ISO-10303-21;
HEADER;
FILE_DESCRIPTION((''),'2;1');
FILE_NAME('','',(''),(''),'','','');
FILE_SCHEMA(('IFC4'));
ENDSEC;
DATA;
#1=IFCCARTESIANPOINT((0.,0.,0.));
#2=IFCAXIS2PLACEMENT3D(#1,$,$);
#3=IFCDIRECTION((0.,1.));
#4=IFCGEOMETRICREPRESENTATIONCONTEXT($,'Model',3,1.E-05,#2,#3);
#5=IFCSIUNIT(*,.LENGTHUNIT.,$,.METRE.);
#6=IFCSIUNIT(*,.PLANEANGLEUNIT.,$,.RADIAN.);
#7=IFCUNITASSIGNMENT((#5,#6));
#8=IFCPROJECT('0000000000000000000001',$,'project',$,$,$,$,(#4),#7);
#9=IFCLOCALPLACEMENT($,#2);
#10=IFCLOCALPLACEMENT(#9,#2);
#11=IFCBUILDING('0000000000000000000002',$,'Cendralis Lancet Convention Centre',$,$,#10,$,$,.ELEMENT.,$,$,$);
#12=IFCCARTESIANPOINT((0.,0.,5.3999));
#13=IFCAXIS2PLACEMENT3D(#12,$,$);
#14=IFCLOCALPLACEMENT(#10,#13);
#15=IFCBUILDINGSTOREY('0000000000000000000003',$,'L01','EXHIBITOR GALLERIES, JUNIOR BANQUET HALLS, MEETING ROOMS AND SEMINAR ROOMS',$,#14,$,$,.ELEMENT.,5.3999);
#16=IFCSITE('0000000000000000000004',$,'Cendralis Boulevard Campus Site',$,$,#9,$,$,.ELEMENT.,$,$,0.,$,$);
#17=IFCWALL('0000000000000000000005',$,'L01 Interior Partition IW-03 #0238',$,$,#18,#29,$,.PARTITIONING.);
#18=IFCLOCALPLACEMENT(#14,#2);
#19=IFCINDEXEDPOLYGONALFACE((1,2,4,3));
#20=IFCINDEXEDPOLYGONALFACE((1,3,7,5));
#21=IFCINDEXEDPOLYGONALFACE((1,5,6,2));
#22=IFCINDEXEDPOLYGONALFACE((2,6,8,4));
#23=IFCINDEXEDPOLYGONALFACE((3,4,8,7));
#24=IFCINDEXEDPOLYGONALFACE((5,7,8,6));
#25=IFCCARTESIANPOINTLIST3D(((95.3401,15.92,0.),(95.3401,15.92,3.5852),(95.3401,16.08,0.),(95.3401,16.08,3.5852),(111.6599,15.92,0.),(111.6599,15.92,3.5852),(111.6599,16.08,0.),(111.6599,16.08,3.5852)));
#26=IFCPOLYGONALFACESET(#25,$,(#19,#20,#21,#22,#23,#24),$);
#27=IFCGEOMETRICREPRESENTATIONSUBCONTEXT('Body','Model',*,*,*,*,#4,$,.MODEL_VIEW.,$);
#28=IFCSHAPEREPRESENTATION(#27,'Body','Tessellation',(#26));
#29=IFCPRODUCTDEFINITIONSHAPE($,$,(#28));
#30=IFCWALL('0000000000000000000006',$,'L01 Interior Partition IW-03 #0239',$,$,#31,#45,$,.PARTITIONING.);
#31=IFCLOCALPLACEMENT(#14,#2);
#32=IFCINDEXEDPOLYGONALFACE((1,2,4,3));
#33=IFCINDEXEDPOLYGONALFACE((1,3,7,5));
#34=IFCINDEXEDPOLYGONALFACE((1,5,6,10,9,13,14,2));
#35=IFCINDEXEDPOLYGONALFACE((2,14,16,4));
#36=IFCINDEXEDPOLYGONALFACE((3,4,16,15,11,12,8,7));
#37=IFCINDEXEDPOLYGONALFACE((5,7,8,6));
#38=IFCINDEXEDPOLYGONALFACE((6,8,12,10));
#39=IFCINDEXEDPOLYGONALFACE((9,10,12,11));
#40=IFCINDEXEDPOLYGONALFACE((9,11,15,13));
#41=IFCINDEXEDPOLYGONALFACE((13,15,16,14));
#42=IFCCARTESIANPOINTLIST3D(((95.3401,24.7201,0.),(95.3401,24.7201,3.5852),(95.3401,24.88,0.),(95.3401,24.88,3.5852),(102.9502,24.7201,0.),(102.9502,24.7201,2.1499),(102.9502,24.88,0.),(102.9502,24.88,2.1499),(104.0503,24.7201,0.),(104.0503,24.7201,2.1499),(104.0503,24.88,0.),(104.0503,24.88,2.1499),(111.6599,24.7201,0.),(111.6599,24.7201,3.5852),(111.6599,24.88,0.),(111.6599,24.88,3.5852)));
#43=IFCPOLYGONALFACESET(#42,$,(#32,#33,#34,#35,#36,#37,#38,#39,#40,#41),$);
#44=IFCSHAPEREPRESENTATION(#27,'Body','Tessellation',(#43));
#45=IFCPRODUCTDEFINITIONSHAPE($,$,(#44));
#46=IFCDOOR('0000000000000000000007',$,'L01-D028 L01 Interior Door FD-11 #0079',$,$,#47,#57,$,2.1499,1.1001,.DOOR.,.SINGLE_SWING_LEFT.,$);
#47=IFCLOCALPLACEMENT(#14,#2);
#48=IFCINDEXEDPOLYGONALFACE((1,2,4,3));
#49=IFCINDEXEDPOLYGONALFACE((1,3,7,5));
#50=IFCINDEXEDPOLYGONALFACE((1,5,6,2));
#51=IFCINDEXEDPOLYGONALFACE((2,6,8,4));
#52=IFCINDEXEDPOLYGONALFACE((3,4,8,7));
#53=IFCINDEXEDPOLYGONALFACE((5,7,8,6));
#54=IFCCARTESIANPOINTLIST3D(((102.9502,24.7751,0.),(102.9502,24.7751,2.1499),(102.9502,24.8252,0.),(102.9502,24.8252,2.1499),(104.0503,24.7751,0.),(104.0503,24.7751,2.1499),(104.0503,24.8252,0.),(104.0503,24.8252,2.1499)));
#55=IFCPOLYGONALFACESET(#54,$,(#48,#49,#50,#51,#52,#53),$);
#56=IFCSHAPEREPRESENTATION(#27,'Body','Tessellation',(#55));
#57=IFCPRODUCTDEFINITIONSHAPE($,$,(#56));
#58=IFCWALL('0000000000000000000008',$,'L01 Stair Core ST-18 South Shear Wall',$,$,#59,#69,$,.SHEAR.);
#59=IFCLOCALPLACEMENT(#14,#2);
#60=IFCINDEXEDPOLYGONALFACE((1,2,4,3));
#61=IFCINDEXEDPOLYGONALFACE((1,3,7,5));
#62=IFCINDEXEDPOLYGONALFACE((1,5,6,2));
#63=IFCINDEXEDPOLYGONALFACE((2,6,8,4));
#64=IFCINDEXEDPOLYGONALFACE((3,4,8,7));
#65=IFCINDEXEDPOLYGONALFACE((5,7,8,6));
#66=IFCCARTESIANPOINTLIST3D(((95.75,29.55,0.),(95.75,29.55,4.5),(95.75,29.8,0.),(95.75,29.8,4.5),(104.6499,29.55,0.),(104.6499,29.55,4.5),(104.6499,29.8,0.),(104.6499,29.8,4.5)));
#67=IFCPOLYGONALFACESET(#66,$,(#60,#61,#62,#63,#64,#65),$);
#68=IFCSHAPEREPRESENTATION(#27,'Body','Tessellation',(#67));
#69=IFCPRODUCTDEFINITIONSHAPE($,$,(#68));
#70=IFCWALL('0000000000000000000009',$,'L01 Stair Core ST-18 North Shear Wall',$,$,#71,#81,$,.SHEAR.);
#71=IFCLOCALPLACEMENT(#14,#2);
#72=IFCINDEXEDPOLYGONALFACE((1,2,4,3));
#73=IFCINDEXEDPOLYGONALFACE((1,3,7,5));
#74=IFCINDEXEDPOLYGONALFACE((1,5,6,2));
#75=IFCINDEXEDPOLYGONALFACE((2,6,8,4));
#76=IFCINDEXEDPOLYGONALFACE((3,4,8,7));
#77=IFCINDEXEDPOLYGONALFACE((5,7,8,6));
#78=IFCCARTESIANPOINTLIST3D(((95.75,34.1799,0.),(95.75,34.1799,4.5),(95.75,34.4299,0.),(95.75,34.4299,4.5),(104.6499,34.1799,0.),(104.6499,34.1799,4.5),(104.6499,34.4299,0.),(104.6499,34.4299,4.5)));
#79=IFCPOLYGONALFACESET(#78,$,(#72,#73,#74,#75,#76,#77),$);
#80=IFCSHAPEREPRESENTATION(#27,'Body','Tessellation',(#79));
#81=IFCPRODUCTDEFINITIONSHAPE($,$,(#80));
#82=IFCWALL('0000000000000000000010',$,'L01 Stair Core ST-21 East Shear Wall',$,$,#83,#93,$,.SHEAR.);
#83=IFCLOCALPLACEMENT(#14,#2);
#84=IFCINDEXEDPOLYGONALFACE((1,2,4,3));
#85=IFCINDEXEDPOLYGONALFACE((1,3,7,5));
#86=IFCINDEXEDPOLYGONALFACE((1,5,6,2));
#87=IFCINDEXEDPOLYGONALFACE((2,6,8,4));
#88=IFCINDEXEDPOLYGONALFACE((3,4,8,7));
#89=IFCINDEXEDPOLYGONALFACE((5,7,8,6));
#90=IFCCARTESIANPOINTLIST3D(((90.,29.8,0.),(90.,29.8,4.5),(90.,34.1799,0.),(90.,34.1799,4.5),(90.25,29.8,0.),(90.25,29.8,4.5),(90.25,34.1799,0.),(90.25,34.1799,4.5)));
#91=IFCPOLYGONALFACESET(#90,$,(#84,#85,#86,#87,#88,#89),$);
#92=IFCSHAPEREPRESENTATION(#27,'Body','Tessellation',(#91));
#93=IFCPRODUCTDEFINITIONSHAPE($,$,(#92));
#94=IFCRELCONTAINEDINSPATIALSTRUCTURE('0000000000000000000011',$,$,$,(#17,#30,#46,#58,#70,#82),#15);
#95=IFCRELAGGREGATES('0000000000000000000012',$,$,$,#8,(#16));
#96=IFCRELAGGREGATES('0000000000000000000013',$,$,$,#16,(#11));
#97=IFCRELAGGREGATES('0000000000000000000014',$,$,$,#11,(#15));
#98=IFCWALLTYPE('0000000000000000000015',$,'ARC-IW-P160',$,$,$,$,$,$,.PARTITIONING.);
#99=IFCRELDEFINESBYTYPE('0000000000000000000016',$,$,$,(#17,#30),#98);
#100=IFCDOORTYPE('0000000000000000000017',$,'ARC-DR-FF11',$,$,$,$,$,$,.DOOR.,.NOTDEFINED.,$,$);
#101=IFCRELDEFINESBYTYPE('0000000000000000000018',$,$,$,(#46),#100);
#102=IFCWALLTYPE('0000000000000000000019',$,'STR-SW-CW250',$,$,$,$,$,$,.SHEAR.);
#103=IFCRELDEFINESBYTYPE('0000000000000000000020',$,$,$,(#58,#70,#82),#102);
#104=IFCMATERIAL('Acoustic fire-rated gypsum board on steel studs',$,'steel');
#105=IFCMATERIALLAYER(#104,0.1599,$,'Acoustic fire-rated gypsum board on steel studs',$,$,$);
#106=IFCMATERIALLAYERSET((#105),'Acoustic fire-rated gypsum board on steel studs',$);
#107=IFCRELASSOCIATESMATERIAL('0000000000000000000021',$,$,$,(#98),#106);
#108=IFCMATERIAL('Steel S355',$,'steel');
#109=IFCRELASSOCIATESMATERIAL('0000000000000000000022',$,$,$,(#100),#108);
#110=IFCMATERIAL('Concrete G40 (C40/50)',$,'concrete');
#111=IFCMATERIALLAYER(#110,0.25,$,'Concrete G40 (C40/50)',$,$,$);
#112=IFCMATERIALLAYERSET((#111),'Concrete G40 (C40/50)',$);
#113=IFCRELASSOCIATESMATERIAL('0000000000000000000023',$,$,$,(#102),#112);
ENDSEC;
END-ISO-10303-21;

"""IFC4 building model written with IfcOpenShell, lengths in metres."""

from ifc_helpers import new_model, si_unit, direction, frame, frame_2d, origin, place, context, subcontext, project, spatial, rectangle, extrude, material, layer, layer_set, type_object, element, fill, save


model = new_model("IFC4")

# Units and contexts
model_context = context("Model", 3, precision=1e-05, world=origin(), true_north=direction((0.0, 1.0)))
body_context = subcontext(model_context, "Body", "Model", "MODEL_VIEW")
ifc_project = project(units=[si_unit("LENGTHUNIT", "METRE"), si_unit("PLANEANGLEUNIT", "RADIAN")], contexts=[model_context])

# Site, building, storey
site_placement = place(None, origin())
site = spatial("IfcSite", under=ifc_project, at=site_placement, Name="Cendralis Boulevard Campus Site", CompositionType="ELEMENT", RefElevation=0.0)
building_placement = place(site_placement, origin())
building = spatial("IfcBuilding", under=site, at=building_placement, Name="Cendralis Lancet Convention Centre", CompositionType="ELEMENT")
storey_placement = place(building_placement, frame((0.0, 0.0, 5.3999)))
storey = spatial("IfcBuildingStorey", under=building, at=storey_placement, Name="L01", Description="EXHIBITOR GALLERIES, JUNIOR BANQUET HALLS, MEETING ROOMS AND SEMINAR ROOMS", CompositionType="ELEMENT", Elevation=5.3999)

# Shared definitions
ifc_material_1 = material(Name="Steel S355", Category="steel")

# Shared definitions
ifc_material_2 = material(Name="Concrete G40 (C40/50)", Category="concrete")

# Wall
ifc_material_3 = material(Name="Acoustic fire-rated gypsum board on steel studs", Category="steel")
ifc_layer_1 = layer(ifc_material_3, 0.1599, Name="Acoustic fire-rated gypsum board on steel studs")
ifc_layer_set_1 = layer_set([ifc_layer_1], Name="Acoustic fire-rated gypsum board on steel studs")
wall_type_1 = type_object("IfcWallType", Name="ARC-IW-P160", PredefinedType="PARTITIONING", material=ifc_layer_set_1)
wall_1_placement = place(storey_placement, frame((95.3401, 16.0, 0.0), z_axis=(0.0, 0.0, 1.0), x_axis=(1.0, 0.0, 0.0)))
element("IfcWall", 1, at=wall_1_placement, inside=storey, type_object=wall_type_1, Name="L01 Interior Partition IW-03 #0238", PredefinedType="PARTITIONING", context=body_context, shape_type="SweptSolid", body=[
    extrude(rectangle(XDim=16.3198, YDim=0.1599, at=frame_2d((8.1599, 0.0))), origin(), (0.0, 0.0, 1.0), 3.5852),
])

# Wall, opening, door
wall_2_placement = place(storey_placement, frame((95.3401, 24.8, 0.0), z_axis=(0.0, 0.0, 1.0), x_axis=(1.0, 0.0, 0.0)))
wall_2 = element("IfcWall", 2, at=wall_2_placement, inside=storey, type_object=wall_type_1, Name="L01 Interior Partition IW-03 #0239", PredefinedType="PARTITIONING", context=body_context, shape_type="SweptSolid", body=[
    extrude(rectangle(XDim=16.3198, YDim=0.1599, at=frame_2d((8.1599, 0.0))), origin(), (0.0, 0.0, 1.0), 3.5852),
])
opening_1_placement = place(wall_2_placement, frame((7.6101, 0.0, 0.0)))
opening_1 = element("IfcOpeningElement", 3, at=opening_1_placement, cuts=wall_2, PredefinedType="OPENING", context=body_context, shape_type="SweptSolid", body=[
    extrude(rectangle(XDim=1.1001, YDim=2.1499, at=frame_2d((0.55, 1.075))), frame((0.0, 0.0898, 0.0), z_axis=(0.0, -1.0, 0.0), x_axis=(1.0, 0.0, 0.0)), (0.0, 0.0, 1.0), 0.1799),
])
door_type_1 = type_object("IfcDoorType", Name="ARC-DR-FF11", OperationType="NOTDEFINED", PredefinedType="DOOR", material=ifc_material_1)
door_1_placement = place(opening_1_placement, frame((1.1001, 0.0, 0.0), z_axis=(0.0, 0.0, 1.0), x_axis=(-1.0, 0.0, 0.0)))
door_1 = element("IfcDoor", 4, at=door_1_placement, inside=storey, type_object=door_type_1, Name="L01-D028 L01 Interior Door FD-11 #0079", OperationType="SINGLE_SWING_LEFT", OverallHeight=2.1499, OverallWidth=1.1001, PredefinedType="DOOR", context=body_context, shape_type="SweptSolid", body=[
    extrude(rectangle(XDim=1.1001, YDim=2.1499, at=frame_2d((0.55, 1.075))), frame((0.0, 0.0249, 0.0), z_axis=(0.0, -1.0, 0.0), x_axis=(1.0, 0.0, 0.0)), (0.0, 0.0, 1.0), 0.05),
])
fill(opening_1, door_1)
ifc_layer_2 = layer(ifc_material_2, 0.25, Name="Concrete G40 (C40/50)")
ifc_layer_set_2 = layer_set([ifc_layer_2], Name="Concrete G40 (C40/50)")
wall_type_2 = type_object("IfcWallType", Name="STR-SW-CW250", PredefinedType="SHEAR", material=ifc_layer_set_2)

# Walls
for number, where, z_axis, x_axis, name in (
    (5, (95.75, 29.675, 0.0), (0.0, 0.0, 1.0), (1.0, 0.0, 0.0), "L01 Stair Core ST-18 South Shear Wall"),
    (6, (95.75, 34.3049, 0.0), (0.0, 0.0, 1.0), (1.0, 0.0, 0.0), "L01 Stair Core ST-18 North Shear Wall"),
):
    element("IfcWall", number, at=place(storey_placement, frame(where, z_axis=z_axis, x_axis=x_axis)), inside=storey, type_object=wall_type_2, Name=name, PredefinedType="SHEAR", context=body_context, shape_type="SweptSolid", body=[
        extrude(rectangle(XDim=8.8999, YDim=0.25, at=frame_2d((4.45, 0.0))), origin(), (0.0, 0.0, 1.0), 4.5),
    ])
wall_3_placement = place(storey_placement, frame((90.125, 29.8, 0.0), z_axis=(0.0, 0.0, 1.0), x_axis=(0.0, 1.0, 0.0)))
element("IfcWall", 7, at=wall_3_placement, inside=storey, type_object=wall_type_2, Name="L01 Stair Core ST-21 East Shear Wall", PredefinedType="SHEAR", context=body_context, shape_type="SweptSolid", body=[
    extrude(rectangle(XDim=4.3799, YDim=0.25, at=frame_2d((2.1899, 0.0))), origin(), (0.0, 0.0, 1.0), 4.5),
])

save(model, "model.ifc")
